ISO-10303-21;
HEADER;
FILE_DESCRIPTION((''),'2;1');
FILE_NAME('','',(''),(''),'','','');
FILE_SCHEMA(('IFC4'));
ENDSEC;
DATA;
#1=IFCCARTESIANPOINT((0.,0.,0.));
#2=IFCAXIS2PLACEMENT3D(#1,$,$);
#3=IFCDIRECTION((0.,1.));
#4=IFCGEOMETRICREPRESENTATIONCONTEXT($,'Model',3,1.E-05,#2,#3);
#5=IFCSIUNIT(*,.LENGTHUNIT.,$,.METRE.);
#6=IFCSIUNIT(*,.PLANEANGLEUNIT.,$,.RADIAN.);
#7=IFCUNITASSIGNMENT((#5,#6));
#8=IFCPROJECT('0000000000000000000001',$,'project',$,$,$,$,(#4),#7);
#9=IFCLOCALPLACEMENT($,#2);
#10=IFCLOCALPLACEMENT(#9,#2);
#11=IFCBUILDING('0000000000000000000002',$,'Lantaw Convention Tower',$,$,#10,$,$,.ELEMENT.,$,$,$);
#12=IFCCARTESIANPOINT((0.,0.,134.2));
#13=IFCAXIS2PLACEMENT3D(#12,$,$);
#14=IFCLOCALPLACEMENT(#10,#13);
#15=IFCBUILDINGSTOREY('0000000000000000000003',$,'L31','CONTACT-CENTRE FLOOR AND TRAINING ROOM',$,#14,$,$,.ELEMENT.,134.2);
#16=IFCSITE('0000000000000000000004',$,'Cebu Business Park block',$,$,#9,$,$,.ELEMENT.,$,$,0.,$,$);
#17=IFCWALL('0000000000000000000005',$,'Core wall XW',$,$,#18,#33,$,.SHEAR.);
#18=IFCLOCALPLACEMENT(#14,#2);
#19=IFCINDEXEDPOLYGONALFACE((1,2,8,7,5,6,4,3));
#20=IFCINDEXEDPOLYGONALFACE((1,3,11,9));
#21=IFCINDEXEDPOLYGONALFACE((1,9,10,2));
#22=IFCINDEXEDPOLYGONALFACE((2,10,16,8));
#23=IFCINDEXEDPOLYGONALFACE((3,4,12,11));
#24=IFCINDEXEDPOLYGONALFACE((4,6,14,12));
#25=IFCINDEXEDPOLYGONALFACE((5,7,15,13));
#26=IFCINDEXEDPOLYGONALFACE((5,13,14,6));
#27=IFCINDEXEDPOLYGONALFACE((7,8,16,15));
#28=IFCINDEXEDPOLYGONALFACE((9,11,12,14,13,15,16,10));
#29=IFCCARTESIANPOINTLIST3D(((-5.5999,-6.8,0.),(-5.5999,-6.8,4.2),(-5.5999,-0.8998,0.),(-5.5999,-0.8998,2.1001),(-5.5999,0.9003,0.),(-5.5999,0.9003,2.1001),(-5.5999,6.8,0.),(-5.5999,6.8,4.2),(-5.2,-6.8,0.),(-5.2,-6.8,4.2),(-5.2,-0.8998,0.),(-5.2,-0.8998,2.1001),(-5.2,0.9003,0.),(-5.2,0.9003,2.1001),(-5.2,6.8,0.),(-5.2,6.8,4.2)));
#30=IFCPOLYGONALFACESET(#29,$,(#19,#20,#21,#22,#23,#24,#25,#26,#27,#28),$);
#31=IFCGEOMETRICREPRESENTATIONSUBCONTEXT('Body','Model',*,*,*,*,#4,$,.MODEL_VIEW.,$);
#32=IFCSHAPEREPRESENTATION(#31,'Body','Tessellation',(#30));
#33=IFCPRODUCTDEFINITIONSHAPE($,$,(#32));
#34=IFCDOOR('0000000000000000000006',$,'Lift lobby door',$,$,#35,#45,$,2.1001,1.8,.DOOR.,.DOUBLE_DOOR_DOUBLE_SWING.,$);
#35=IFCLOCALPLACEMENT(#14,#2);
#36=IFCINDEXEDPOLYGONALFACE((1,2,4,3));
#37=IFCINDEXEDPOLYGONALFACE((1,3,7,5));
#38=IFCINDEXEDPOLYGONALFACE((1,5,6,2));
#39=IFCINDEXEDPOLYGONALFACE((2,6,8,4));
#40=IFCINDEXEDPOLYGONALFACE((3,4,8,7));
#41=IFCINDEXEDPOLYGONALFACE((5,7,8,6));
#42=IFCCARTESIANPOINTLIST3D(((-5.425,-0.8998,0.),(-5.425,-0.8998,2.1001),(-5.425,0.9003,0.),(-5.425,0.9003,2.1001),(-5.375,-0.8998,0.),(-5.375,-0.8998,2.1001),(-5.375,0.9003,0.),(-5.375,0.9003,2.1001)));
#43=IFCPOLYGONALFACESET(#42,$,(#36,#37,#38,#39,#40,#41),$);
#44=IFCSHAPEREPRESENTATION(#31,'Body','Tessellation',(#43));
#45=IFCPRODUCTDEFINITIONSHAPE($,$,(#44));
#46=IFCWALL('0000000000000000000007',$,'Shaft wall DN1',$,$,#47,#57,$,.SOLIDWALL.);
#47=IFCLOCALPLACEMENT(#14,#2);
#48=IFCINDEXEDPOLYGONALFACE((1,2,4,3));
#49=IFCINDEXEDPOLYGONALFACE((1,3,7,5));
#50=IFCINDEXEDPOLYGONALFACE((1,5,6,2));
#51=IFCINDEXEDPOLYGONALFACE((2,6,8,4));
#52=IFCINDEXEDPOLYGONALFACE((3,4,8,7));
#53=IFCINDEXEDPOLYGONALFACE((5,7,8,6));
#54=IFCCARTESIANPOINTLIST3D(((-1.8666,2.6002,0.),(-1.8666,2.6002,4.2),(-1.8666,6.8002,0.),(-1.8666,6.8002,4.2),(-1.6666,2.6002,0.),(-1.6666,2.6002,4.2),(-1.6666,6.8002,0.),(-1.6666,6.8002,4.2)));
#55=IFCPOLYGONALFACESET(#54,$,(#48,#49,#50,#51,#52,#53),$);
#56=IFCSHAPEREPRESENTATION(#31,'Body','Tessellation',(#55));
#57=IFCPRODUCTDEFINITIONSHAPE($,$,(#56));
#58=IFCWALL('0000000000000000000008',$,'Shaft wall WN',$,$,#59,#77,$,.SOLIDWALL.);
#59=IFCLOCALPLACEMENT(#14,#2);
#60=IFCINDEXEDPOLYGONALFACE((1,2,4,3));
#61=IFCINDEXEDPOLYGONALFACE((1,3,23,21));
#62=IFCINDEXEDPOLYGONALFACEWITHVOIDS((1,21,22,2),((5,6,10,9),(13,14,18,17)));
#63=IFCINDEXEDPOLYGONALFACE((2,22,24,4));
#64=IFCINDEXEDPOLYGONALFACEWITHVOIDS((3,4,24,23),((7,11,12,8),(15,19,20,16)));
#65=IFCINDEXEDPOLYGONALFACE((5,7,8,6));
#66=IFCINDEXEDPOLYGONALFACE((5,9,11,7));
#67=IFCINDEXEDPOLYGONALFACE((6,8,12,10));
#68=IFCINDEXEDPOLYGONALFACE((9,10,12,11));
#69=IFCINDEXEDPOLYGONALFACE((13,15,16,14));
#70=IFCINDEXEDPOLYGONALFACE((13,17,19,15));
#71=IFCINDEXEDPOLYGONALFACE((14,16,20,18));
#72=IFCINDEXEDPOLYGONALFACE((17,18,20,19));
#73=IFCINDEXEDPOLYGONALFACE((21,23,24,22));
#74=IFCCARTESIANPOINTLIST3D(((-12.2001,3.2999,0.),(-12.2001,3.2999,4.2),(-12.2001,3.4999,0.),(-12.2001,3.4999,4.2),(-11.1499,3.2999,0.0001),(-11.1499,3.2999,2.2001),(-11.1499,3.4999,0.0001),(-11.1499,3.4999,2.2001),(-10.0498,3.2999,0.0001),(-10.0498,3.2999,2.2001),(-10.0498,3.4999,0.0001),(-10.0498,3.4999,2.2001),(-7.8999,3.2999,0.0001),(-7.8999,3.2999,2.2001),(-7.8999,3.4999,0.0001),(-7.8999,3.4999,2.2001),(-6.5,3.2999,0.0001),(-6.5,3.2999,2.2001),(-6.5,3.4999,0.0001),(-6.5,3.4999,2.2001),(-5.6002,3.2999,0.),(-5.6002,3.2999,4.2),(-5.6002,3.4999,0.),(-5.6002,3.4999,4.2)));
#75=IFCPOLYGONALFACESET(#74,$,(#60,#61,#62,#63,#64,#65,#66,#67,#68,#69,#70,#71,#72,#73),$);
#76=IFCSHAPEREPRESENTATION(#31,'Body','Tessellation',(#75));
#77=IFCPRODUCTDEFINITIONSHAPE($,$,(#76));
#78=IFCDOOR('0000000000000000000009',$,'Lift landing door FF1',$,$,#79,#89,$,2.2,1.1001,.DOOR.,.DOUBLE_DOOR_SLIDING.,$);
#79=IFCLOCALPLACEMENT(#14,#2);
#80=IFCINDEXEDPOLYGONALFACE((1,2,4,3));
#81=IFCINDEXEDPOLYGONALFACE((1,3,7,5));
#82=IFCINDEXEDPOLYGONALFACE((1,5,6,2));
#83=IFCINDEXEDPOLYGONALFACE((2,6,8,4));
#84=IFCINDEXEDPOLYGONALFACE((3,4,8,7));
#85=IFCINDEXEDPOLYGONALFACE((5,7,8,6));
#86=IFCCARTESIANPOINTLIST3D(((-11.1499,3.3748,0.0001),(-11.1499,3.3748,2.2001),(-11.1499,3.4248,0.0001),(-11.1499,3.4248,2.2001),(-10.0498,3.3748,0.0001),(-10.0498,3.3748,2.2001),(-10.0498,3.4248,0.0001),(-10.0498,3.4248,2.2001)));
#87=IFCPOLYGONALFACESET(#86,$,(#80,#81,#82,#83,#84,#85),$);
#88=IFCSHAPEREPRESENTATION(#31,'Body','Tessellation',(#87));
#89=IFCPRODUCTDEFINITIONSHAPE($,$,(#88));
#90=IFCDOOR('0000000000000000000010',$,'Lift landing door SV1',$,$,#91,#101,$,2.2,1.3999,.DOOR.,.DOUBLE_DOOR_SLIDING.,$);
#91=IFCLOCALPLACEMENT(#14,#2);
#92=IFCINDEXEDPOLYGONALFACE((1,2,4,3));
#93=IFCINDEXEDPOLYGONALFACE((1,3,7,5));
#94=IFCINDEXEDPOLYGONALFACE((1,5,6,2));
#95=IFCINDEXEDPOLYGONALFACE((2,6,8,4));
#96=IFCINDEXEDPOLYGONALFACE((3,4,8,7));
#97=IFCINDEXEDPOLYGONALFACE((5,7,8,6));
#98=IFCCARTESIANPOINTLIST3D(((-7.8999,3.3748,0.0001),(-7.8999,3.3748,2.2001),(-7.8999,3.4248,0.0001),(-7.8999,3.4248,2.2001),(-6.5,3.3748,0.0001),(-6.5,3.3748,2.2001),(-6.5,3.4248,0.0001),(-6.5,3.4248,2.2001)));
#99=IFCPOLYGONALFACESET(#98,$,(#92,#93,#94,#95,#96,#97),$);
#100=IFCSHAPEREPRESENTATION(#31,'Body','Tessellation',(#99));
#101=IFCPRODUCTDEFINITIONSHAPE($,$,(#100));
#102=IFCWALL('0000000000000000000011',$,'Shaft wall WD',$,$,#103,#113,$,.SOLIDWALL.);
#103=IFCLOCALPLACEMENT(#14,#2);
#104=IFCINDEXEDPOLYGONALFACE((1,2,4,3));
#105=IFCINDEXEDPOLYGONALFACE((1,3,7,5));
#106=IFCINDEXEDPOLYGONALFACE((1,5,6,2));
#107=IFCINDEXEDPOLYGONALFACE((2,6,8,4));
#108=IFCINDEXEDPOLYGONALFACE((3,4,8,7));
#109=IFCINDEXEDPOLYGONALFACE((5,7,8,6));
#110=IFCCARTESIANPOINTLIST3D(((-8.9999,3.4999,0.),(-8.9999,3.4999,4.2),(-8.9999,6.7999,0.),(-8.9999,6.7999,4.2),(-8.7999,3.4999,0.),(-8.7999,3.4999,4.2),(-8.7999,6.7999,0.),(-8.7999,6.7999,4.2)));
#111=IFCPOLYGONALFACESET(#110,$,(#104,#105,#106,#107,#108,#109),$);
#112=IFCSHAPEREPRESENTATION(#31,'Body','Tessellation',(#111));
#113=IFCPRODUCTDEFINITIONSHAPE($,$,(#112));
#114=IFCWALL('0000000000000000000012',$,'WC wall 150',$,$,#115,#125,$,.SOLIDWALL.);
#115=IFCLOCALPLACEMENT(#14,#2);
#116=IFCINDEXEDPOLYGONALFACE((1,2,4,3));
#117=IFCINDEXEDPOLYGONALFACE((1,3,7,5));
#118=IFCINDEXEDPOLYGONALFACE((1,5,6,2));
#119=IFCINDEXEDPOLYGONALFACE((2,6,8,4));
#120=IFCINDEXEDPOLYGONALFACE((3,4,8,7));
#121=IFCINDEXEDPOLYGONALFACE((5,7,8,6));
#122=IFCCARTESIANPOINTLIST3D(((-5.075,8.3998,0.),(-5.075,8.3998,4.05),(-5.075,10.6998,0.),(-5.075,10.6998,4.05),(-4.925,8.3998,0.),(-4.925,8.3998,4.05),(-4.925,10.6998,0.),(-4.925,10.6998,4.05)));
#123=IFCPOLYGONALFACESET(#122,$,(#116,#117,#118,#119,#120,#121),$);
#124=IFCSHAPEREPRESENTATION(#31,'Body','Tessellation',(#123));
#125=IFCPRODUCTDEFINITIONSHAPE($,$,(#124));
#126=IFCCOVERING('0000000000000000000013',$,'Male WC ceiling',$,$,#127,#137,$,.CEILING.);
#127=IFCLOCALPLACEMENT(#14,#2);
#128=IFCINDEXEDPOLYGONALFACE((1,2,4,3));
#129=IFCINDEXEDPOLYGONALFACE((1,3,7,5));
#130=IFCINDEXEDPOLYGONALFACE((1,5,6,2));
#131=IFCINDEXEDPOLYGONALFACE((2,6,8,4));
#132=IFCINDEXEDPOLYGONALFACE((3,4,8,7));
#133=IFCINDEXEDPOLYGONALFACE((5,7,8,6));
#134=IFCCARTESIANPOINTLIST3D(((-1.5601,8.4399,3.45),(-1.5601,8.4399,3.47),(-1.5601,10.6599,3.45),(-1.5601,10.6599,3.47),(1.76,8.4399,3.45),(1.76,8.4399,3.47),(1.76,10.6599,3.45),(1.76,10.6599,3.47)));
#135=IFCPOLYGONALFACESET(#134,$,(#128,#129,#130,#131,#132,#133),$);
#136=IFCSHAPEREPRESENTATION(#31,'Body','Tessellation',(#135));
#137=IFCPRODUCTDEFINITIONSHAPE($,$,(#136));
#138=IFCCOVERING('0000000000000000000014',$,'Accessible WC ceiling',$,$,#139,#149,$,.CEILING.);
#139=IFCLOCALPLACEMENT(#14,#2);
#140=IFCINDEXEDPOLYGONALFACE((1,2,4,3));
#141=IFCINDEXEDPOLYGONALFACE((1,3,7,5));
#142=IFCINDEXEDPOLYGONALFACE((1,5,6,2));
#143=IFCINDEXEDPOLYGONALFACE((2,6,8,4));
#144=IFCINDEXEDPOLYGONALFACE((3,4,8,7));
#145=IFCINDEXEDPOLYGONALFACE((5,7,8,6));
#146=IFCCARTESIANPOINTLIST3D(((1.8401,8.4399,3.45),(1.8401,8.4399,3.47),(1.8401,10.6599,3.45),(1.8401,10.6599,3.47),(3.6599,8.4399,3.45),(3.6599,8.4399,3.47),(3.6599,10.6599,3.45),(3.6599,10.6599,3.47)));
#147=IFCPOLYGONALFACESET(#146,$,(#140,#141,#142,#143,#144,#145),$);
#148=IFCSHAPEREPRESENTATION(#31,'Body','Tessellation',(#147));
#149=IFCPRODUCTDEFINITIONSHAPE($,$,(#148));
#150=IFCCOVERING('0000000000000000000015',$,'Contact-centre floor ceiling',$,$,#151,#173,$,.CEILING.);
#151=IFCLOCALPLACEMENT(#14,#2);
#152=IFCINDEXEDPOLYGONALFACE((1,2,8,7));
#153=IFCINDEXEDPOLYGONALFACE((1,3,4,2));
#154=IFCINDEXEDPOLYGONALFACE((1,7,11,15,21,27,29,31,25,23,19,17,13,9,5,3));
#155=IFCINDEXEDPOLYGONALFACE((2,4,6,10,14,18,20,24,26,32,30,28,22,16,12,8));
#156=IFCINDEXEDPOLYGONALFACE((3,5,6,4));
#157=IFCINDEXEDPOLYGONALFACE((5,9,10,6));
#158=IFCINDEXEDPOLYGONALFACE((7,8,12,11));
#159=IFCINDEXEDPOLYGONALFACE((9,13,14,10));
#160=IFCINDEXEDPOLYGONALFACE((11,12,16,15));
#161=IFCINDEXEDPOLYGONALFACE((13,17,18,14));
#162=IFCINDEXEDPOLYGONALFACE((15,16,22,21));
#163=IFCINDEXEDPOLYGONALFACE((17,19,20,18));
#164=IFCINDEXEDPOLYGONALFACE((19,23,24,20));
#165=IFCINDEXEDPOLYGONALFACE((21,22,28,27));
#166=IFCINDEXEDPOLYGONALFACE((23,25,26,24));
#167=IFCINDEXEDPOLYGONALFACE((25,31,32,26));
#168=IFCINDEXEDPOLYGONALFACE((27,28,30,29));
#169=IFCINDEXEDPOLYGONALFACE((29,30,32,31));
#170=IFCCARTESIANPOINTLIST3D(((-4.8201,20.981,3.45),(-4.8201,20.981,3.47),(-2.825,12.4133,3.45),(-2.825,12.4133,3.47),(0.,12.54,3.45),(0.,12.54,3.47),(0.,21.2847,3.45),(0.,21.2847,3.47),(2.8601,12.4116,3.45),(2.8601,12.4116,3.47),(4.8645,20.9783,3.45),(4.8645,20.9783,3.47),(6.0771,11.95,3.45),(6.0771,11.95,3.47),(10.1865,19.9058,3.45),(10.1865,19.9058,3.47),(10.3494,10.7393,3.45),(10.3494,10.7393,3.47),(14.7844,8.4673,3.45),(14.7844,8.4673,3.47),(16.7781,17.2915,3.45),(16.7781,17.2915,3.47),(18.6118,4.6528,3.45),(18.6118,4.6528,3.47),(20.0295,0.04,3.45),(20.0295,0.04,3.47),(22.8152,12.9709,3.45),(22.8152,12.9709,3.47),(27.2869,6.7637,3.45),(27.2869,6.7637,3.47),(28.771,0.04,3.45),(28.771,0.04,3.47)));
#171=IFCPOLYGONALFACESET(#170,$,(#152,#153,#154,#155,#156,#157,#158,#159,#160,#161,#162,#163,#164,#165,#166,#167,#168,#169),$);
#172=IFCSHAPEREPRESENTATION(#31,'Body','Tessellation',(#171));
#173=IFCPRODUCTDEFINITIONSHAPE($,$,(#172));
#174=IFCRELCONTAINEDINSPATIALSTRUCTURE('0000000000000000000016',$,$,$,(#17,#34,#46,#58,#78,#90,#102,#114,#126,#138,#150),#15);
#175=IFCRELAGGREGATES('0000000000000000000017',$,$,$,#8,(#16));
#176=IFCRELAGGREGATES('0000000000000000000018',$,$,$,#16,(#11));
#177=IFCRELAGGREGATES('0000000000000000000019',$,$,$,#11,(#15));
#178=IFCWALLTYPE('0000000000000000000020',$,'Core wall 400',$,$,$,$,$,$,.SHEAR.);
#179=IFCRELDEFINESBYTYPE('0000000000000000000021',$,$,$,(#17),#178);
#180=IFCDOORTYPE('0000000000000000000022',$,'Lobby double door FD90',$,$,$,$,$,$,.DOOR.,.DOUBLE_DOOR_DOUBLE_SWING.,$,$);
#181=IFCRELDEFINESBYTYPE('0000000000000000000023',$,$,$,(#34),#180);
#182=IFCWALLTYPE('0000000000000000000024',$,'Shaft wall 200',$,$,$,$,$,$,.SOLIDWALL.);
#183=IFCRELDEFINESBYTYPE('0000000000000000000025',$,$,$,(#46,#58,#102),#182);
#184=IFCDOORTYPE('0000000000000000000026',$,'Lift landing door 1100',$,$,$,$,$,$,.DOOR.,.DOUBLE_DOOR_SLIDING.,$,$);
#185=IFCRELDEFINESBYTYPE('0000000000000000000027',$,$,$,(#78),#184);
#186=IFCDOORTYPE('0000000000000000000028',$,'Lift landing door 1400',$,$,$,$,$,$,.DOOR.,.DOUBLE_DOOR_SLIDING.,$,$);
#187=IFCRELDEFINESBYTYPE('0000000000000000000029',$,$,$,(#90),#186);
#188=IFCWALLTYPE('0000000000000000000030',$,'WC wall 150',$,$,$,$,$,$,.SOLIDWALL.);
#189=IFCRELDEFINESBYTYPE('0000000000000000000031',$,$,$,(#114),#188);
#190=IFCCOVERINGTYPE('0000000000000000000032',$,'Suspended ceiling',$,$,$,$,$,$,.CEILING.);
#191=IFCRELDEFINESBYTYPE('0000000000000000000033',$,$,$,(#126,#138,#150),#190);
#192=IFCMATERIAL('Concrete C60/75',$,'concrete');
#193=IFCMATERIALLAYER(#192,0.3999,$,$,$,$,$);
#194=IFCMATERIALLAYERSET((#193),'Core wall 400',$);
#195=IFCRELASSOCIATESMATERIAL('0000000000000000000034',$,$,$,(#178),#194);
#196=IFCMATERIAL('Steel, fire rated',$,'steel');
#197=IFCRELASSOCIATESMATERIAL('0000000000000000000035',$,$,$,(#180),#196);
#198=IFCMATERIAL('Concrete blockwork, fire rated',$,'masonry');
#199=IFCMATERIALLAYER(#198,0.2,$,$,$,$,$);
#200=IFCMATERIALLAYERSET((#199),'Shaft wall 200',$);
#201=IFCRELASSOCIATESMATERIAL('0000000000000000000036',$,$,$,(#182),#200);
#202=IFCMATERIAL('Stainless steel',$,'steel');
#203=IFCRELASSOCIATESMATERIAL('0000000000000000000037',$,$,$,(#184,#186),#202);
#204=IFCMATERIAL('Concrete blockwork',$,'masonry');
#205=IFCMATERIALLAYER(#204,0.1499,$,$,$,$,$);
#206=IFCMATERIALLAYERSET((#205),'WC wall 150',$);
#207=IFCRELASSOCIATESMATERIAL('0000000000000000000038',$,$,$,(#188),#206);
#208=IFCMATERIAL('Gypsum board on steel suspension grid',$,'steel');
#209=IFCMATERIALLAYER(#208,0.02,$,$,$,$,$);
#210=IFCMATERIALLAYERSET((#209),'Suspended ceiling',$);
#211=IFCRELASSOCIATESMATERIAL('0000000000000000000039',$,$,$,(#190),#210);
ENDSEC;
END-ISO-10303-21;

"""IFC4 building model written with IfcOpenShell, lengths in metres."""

from ifc_helpers import new_model, si_unit, direction, frame, frame_2d, origin, place, context, subcontext, project, spatial, polyline, rectangle, outline, extrude, material, layer, layer_set, type_object, element, fill, save


model = new_model("IFC4")

# Units and contexts
model_context = context("Model", 3, precision=1e-05, world=origin(), true_north=direction((0.0, 1.0)))
body_context = subcontext(model_context, "Body", "Model", "MODEL_VIEW")
ifc_project = project(units=[si_unit("LENGTHUNIT", "METRE"), si_unit("PLANEANGLEUNIT", "RADIAN")], contexts=[model_context])

# Site, building, storey
site_placement = place(None, origin())
site = spatial("IfcSite", under=ifc_project, at=site_placement, Name="Cebu Business Park block", CompositionType="ELEMENT", RefElevation=0.0)
building_placement = place(site_placement, origin())
building = spatial("IfcBuilding", under=site, at=building_placement, Name="Lantaw Convention Tower", CompositionType="ELEMENT")
storey_placement = place(building_placement, frame((0.0, 0.0, 134.2)))
storey = spatial("IfcBuildingStorey", under=building, at=storey_placement, Name="L31", Description="CONTACT-CENTRE FLOOR AND TRAINING ROOM", CompositionType="ELEMENT", Elevation=134.2)

# Wall, opening, door
ifc_material_1 = material(Name="Concrete C60/75", Category="concrete")
ifc_layer_1 = layer(ifc_material_1, 0.3999)
ifc_layer_set_1 = layer_set([ifc_layer_1], Name="Core wall 400")
wall_type_1 = type_object("IfcWallType", Name="Core wall 400", PredefinedType="SHEAR", material=ifc_layer_set_1)
wall_1_placement = place(storey_placement, frame((-5.3999, 6.8, 0.0), z_axis=(0.0, 0.0, 1.0), x_axis=(0.0, -1.0, 0.0)))
wall_1 = element("IfcWall", 1, at=wall_1_placement, inside=storey, type_object=wall_type_1, Name="Core wall XW", PredefinedType="SHEAR", context=body_context, shape_type="SweptSolid", body=[
    extrude(rectangle(XDim=13.6001, YDim=0.3999, at=frame_2d((6.8, 0.0))), origin(), (0.0, 0.0, 1.0), 4.2),
])
opening_1_placement = place(wall_1_placement, frame((5.8999, 0.0, 0.0)))
opening_1 = element("IfcOpeningElement", 2, at=opening_1_placement, cuts=wall_1, PredefinedType="OPENING", context=body_context, shape_type="SweptSolid", body=[
    extrude(rectangle(XDim=1.8, YDim=2.1001, at=frame_2d((0.8999, 1.05))), frame((0.0, 0.21, 0.0), z_axis=(0.0, -1.0, 0.0), x_axis=(1.0, 0.0, 0.0)), (0.0, 0.0, 1.0), 0.4199),
])
ifc_material_2 = material(Name="Steel, fire rated", Category="steel")
door_type_1 = type_object("IfcDoorType", Name="Lobby double door FD90", OperationType="DOUBLE_DOOR_DOUBLE_SWING", PredefinedType="DOOR", material=ifc_material_2)
door_1_placement = place(opening_1_placement, origin())
door_1 = element("IfcDoor", 3, at=door_1_placement, inside=storey, type_object=door_type_1, Name="Lift lobby door", OperationType="DOUBLE_DOOR_DOUBLE_SWING", OverallHeight=2.1001, OverallWidth=1.8, PredefinedType="DOOR", context=body_context, shape_type="SweptSolid", body=[
    extrude(rectangle(XDim=1.8, YDim=2.1001, at=frame_2d((0.8999, 1.05))), frame((0.0, 0.0249, 0.0), z_axis=(0.0, -1.0, 0.0), x_axis=(1.0, 0.0, 0.0)), (0.0, 0.0, 1.0), 0.05),
])
fill(opening_1, door_1)

# Wall
ifc_material_3 = material(Name="Concrete blockwork, fire rated", Category="masonry")
ifc_layer_2 = layer(ifc_material_3, 0.2)
ifc_layer_set_2 = layer_set([ifc_layer_2], Name="Shaft wall 200")
wall_type_2 = type_object("IfcWallType", Name="Shaft wall 200", PredefinedType="SOLIDWALL", material=ifc_layer_set_2)
wall_2_placement = place(storey_placement, frame((-1.7666, 2.6001, 0.0), z_axis=(0.0, 0.0, 1.0), x_axis=(0.0, 1.0, 0.0)))
element("IfcWall", 4, at=wall_2_placement, inside=storey, type_object=wall_type_2, Name="Shaft wall DN1", PredefinedType="SOLIDWALL", context=body_context, shape_type="SweptSolid", body=[
    extrude(rectangle(XDim=4.2, YDim=0.2, at=frame_2d((2.1001, 0.0))), origin(), (0.0, 0.0, 1.0), 4.2),
])

# Wall, openings, doors
wall_3_placement = place(storey_placement, frame((-12.2, 3.3999, 0.0), z_axis=(0.0, 0.0, 1.0), x_axis=(1.0, 0.0, 0.0)))
wall_3 = element("IfcWall", 5, at=wall_3_placement, inside=storey, type_object=wall_type_2, Name="Shaft wall WN", PredefinedType="SOLIDWALL", context=body_context, shape_type="SweptSolid", body=[
    extrude(rectangle(XDim=6.5999, YDim=0.2, at=frame_2d((3.2998, 0.0))), origin(), (0.0, 0.0, 1.0), 4.2),
])
opening_2_placement = place(wall_3_placement, frame((1.05, 0.0, 0.0)))
opening_2 = element("IfcOpeningElement", 6, at=opening_2_placement, cuts=wall_3, PredefinedType="OPENING", context=body_context, shape_type="SweptSolid", body=[
    extrude(rectangle(XDim=1.1001, YDim=2.2, at=frame_2d((0.55, 1.1001))), frame((0.0, 0.1099, 0.0), z_axis=(0.0, -1.0, 0.0), x_axis=(1.0, 0.0, 0.0)), (0.0, 0.0, 1.0), 0.22),
])
opening_3_placement = place(wall_3_placement, frame((4.3, 0.0, 0.0)))
opening_3 = element("IfcOpeningElement", 7, at=opening_3_placement, cuts=wall_3, PredefinedType="OPENING", context=body_context, shape_type="SweptSolid", body=[
    extrude(rectangle(XDim=1.3999, YDim=2.2, at=frame_2d((0.7, 1.1001))), frame((0.0, 0.1099, 0.0), z_axis=(0.0, -1.0, 0.0), x_axis=(1.0, 0.0, 0.0)), (0.0, 0.0, 1.0), 0.22),
])
ifc_material_4 = material(Name="Stainless steel", Category="steel")
door_type_2 = type_object("IfcDoorType", Name="Lift landing door 1100", OperationType="DOUBLE_DOOR_SLIDING", PredefinedType="DOOR", material=ifc_material_4)
door_2_placement = place(opening_2_placement, origin())
door_2 = element("IfcDoor", 8, at=door_2_placement, inside=storey, type_object=door_type_2, Name="Lift landing door FF1", OperationType="DOUBLE_DOOR_SLIDING", OverallHeight=2.2, OverallWidth=1.1001, PredefinedType="DOOR", context=body_context, shape_type="SweptSolid", body=[
    extrude(rectangle(XDim=1.1001, YDim=2.2, at=frame_2d((0.55, 1.1001))), frame((0.0, 0.0249, 0.0), z_axis=(0.0, -1.0, 0.0), x_axis=(1.0, 0.0, 0.0)), (0.0, 0.0, 1.0), 0.05),
])
fill(opening_2, door_2)
door_type_3 = type_object("IfcDoorType", Name="Lift landing door 1400", OperationType="DOUBLE_DOOR_SLIDING", PredefinedType="DOOR", material=ifc_material_4)
door_3_placement = place(opening_3_placement, origin())
door_3 = element("IfcDoor", 9, at=door_3_placement, inside=storey, type_object=door_type_3, Name="Lift landing door SV1", OperationType="DOUBLE_DOOR_SLIDING", OverallHeight=2.2, OverallWidth=1.3999, PredefinedType="DOOR", context=body_context, shape_type="SweptSolid", body=[
    extrude(rectangle(XDim=1.3999, YDim=2.2, at=frame_2d((0.7, 1.1001))), frame((0.0, 0.0249, 0.0), z_axis=(0.0, -1.0, 0.0), x_axis=(1.0, 0.0, 0.0)), (0.0, 0.0, 1.0), 0.05),
])
fill(opening_3, door_3)

# Walls
wall_4_placement = place(storey_placement, frame((-8.8999, 3.5, 0.0), z_axis=(0.0, 0.0, 1.0), x_axis=(0.0, 1.0, 0.0)))
element("IfcWall", 10, at=wall_4_placement, inside=storey, type_object=wall_type_2, Name="Shaft wall WD", PredefinedType="SOLIDWALL", context=body_context, shape_type="SweptSolid", body=[
    extrude(rectangle(XDim=3.3, YDim=0.2, at=frame_2d((1.6499, 0.0))), origin(), (0.0, 0.0, 1.0), 4.2),
])
ifc_material_5 = material(Name="Concrete blockwork", Category="masonry")
ifc_layer_3 = layer(ifc_material_5, 0.1499)
ifc_layer_set_3 = layer_set([ifc_layer_3], Name="WC wall 150")
wall_type_3 = type_object("IfcWallType", Name="WC wall 150", PredefinedType="SOLIDWALL", material=ifc_layer_set_3)
wall_5_placement = place(storey_placement, frame((-5.0, 8.3999, 0.0), z_axis=(0.0, 0.0, 1.0), x_axis=(0.0, 1.0, 0.0)))
element("IfcWall", 11, at=wall_5_placement, inside=storey, type_object=wall_type_3, Name="WC wall 150", PredefinedType="SOLIDWALL", context=body_context, shape_type="SweptSolid", body=[
    extrude(rectangle(XDim=2.3, YDim=0.1499, at=frame_2d((1.1499, 0.0))), origin(), (0.0, 0.0, 1.0), 4.05),
])

# Coverings
ifc_material_6 = material(Name="Gypsum board on steel suspension grid", Category="steel")
ifc_layer_4 = layer(ifc_material_6, 0.02)
ifc_layer_set_4 = layer_set([ifc_layer_4], Name="Suspended ceiling")
covering_type = type_object("IfcCoveringType", Name="Suspended ceiling", PredefinedType="CEILING", material=ifc_layer_set_4)
covering_1_placement = place(storey_placement, frame((0.0, 0.0, 3.45)))
element("IfcCovering", 12, at=covering_1_placement, inside=storey, type_object=covering_type, Name="Male WC ceiling", PredefinedType="CEILING", context=body_context, shape_type="SweptSolid", body=[
    extrude(outline(polyline([(-1.5601, 8.4399), (1.76, 8.4399), (1.76, 10.6599), (-1.5601, 10.6599), (-1.5601, 8.4399)])), origin(), (0.0, 0.0, 1.0), 0.02),
])
covering_2_placement = place(storey_placement, frame((0.0, 0.0, 3.45)))
element("IfcCovering", 13, at=covering_2_placement, inside=storey, type_object=covering_type, Name="Accessible WC ceiling", PredefinedType="CEILING", context=body_context, shape_type="SweptSolid", body=[
    extrude(outline(polyline([(1.8401, 8.4399), (3.6599, 8.4399), (3.6599, 10.6599), (1.8401, 10.6599), (1.8401, 8.4399)])), origin(), (0.0, 0.0, 1.0), 0.02),
])
covering_3_placement = place(storey_placement, frame((0.0, 0.0, 3.45)))
element("IfcCovering", 14, at=covering_3_placement, inside=storey, type_object=covering_type, Name="Contact-centre floor ceiling", PredefinedType="CEILING", context=body_context, shape_type="SweptSolid", body=[
    extrude(outline(polyline([(20.0295, 0.04), (28.771, 0.04), (27.2869, 6.7637), (22.8152, 12.9709), (16.7781, 17.2915), (10.1865, 19.9058), (4.8645, 20.9783), (0.0, 21.2847), (-4.8201, 20.981), (-2.825, 12.4133), (0.0, 12.54), (2.8601, 12.4116), (6.0771, 11.95), (10.3494, 10.7393), (14.7844, 8.4673), (18.6118, 4.6528), (20.0295, 0.04)])), origin(), (0.0, 0.0, 1.0), 0.02),
])

save(model, "model.ifc")
